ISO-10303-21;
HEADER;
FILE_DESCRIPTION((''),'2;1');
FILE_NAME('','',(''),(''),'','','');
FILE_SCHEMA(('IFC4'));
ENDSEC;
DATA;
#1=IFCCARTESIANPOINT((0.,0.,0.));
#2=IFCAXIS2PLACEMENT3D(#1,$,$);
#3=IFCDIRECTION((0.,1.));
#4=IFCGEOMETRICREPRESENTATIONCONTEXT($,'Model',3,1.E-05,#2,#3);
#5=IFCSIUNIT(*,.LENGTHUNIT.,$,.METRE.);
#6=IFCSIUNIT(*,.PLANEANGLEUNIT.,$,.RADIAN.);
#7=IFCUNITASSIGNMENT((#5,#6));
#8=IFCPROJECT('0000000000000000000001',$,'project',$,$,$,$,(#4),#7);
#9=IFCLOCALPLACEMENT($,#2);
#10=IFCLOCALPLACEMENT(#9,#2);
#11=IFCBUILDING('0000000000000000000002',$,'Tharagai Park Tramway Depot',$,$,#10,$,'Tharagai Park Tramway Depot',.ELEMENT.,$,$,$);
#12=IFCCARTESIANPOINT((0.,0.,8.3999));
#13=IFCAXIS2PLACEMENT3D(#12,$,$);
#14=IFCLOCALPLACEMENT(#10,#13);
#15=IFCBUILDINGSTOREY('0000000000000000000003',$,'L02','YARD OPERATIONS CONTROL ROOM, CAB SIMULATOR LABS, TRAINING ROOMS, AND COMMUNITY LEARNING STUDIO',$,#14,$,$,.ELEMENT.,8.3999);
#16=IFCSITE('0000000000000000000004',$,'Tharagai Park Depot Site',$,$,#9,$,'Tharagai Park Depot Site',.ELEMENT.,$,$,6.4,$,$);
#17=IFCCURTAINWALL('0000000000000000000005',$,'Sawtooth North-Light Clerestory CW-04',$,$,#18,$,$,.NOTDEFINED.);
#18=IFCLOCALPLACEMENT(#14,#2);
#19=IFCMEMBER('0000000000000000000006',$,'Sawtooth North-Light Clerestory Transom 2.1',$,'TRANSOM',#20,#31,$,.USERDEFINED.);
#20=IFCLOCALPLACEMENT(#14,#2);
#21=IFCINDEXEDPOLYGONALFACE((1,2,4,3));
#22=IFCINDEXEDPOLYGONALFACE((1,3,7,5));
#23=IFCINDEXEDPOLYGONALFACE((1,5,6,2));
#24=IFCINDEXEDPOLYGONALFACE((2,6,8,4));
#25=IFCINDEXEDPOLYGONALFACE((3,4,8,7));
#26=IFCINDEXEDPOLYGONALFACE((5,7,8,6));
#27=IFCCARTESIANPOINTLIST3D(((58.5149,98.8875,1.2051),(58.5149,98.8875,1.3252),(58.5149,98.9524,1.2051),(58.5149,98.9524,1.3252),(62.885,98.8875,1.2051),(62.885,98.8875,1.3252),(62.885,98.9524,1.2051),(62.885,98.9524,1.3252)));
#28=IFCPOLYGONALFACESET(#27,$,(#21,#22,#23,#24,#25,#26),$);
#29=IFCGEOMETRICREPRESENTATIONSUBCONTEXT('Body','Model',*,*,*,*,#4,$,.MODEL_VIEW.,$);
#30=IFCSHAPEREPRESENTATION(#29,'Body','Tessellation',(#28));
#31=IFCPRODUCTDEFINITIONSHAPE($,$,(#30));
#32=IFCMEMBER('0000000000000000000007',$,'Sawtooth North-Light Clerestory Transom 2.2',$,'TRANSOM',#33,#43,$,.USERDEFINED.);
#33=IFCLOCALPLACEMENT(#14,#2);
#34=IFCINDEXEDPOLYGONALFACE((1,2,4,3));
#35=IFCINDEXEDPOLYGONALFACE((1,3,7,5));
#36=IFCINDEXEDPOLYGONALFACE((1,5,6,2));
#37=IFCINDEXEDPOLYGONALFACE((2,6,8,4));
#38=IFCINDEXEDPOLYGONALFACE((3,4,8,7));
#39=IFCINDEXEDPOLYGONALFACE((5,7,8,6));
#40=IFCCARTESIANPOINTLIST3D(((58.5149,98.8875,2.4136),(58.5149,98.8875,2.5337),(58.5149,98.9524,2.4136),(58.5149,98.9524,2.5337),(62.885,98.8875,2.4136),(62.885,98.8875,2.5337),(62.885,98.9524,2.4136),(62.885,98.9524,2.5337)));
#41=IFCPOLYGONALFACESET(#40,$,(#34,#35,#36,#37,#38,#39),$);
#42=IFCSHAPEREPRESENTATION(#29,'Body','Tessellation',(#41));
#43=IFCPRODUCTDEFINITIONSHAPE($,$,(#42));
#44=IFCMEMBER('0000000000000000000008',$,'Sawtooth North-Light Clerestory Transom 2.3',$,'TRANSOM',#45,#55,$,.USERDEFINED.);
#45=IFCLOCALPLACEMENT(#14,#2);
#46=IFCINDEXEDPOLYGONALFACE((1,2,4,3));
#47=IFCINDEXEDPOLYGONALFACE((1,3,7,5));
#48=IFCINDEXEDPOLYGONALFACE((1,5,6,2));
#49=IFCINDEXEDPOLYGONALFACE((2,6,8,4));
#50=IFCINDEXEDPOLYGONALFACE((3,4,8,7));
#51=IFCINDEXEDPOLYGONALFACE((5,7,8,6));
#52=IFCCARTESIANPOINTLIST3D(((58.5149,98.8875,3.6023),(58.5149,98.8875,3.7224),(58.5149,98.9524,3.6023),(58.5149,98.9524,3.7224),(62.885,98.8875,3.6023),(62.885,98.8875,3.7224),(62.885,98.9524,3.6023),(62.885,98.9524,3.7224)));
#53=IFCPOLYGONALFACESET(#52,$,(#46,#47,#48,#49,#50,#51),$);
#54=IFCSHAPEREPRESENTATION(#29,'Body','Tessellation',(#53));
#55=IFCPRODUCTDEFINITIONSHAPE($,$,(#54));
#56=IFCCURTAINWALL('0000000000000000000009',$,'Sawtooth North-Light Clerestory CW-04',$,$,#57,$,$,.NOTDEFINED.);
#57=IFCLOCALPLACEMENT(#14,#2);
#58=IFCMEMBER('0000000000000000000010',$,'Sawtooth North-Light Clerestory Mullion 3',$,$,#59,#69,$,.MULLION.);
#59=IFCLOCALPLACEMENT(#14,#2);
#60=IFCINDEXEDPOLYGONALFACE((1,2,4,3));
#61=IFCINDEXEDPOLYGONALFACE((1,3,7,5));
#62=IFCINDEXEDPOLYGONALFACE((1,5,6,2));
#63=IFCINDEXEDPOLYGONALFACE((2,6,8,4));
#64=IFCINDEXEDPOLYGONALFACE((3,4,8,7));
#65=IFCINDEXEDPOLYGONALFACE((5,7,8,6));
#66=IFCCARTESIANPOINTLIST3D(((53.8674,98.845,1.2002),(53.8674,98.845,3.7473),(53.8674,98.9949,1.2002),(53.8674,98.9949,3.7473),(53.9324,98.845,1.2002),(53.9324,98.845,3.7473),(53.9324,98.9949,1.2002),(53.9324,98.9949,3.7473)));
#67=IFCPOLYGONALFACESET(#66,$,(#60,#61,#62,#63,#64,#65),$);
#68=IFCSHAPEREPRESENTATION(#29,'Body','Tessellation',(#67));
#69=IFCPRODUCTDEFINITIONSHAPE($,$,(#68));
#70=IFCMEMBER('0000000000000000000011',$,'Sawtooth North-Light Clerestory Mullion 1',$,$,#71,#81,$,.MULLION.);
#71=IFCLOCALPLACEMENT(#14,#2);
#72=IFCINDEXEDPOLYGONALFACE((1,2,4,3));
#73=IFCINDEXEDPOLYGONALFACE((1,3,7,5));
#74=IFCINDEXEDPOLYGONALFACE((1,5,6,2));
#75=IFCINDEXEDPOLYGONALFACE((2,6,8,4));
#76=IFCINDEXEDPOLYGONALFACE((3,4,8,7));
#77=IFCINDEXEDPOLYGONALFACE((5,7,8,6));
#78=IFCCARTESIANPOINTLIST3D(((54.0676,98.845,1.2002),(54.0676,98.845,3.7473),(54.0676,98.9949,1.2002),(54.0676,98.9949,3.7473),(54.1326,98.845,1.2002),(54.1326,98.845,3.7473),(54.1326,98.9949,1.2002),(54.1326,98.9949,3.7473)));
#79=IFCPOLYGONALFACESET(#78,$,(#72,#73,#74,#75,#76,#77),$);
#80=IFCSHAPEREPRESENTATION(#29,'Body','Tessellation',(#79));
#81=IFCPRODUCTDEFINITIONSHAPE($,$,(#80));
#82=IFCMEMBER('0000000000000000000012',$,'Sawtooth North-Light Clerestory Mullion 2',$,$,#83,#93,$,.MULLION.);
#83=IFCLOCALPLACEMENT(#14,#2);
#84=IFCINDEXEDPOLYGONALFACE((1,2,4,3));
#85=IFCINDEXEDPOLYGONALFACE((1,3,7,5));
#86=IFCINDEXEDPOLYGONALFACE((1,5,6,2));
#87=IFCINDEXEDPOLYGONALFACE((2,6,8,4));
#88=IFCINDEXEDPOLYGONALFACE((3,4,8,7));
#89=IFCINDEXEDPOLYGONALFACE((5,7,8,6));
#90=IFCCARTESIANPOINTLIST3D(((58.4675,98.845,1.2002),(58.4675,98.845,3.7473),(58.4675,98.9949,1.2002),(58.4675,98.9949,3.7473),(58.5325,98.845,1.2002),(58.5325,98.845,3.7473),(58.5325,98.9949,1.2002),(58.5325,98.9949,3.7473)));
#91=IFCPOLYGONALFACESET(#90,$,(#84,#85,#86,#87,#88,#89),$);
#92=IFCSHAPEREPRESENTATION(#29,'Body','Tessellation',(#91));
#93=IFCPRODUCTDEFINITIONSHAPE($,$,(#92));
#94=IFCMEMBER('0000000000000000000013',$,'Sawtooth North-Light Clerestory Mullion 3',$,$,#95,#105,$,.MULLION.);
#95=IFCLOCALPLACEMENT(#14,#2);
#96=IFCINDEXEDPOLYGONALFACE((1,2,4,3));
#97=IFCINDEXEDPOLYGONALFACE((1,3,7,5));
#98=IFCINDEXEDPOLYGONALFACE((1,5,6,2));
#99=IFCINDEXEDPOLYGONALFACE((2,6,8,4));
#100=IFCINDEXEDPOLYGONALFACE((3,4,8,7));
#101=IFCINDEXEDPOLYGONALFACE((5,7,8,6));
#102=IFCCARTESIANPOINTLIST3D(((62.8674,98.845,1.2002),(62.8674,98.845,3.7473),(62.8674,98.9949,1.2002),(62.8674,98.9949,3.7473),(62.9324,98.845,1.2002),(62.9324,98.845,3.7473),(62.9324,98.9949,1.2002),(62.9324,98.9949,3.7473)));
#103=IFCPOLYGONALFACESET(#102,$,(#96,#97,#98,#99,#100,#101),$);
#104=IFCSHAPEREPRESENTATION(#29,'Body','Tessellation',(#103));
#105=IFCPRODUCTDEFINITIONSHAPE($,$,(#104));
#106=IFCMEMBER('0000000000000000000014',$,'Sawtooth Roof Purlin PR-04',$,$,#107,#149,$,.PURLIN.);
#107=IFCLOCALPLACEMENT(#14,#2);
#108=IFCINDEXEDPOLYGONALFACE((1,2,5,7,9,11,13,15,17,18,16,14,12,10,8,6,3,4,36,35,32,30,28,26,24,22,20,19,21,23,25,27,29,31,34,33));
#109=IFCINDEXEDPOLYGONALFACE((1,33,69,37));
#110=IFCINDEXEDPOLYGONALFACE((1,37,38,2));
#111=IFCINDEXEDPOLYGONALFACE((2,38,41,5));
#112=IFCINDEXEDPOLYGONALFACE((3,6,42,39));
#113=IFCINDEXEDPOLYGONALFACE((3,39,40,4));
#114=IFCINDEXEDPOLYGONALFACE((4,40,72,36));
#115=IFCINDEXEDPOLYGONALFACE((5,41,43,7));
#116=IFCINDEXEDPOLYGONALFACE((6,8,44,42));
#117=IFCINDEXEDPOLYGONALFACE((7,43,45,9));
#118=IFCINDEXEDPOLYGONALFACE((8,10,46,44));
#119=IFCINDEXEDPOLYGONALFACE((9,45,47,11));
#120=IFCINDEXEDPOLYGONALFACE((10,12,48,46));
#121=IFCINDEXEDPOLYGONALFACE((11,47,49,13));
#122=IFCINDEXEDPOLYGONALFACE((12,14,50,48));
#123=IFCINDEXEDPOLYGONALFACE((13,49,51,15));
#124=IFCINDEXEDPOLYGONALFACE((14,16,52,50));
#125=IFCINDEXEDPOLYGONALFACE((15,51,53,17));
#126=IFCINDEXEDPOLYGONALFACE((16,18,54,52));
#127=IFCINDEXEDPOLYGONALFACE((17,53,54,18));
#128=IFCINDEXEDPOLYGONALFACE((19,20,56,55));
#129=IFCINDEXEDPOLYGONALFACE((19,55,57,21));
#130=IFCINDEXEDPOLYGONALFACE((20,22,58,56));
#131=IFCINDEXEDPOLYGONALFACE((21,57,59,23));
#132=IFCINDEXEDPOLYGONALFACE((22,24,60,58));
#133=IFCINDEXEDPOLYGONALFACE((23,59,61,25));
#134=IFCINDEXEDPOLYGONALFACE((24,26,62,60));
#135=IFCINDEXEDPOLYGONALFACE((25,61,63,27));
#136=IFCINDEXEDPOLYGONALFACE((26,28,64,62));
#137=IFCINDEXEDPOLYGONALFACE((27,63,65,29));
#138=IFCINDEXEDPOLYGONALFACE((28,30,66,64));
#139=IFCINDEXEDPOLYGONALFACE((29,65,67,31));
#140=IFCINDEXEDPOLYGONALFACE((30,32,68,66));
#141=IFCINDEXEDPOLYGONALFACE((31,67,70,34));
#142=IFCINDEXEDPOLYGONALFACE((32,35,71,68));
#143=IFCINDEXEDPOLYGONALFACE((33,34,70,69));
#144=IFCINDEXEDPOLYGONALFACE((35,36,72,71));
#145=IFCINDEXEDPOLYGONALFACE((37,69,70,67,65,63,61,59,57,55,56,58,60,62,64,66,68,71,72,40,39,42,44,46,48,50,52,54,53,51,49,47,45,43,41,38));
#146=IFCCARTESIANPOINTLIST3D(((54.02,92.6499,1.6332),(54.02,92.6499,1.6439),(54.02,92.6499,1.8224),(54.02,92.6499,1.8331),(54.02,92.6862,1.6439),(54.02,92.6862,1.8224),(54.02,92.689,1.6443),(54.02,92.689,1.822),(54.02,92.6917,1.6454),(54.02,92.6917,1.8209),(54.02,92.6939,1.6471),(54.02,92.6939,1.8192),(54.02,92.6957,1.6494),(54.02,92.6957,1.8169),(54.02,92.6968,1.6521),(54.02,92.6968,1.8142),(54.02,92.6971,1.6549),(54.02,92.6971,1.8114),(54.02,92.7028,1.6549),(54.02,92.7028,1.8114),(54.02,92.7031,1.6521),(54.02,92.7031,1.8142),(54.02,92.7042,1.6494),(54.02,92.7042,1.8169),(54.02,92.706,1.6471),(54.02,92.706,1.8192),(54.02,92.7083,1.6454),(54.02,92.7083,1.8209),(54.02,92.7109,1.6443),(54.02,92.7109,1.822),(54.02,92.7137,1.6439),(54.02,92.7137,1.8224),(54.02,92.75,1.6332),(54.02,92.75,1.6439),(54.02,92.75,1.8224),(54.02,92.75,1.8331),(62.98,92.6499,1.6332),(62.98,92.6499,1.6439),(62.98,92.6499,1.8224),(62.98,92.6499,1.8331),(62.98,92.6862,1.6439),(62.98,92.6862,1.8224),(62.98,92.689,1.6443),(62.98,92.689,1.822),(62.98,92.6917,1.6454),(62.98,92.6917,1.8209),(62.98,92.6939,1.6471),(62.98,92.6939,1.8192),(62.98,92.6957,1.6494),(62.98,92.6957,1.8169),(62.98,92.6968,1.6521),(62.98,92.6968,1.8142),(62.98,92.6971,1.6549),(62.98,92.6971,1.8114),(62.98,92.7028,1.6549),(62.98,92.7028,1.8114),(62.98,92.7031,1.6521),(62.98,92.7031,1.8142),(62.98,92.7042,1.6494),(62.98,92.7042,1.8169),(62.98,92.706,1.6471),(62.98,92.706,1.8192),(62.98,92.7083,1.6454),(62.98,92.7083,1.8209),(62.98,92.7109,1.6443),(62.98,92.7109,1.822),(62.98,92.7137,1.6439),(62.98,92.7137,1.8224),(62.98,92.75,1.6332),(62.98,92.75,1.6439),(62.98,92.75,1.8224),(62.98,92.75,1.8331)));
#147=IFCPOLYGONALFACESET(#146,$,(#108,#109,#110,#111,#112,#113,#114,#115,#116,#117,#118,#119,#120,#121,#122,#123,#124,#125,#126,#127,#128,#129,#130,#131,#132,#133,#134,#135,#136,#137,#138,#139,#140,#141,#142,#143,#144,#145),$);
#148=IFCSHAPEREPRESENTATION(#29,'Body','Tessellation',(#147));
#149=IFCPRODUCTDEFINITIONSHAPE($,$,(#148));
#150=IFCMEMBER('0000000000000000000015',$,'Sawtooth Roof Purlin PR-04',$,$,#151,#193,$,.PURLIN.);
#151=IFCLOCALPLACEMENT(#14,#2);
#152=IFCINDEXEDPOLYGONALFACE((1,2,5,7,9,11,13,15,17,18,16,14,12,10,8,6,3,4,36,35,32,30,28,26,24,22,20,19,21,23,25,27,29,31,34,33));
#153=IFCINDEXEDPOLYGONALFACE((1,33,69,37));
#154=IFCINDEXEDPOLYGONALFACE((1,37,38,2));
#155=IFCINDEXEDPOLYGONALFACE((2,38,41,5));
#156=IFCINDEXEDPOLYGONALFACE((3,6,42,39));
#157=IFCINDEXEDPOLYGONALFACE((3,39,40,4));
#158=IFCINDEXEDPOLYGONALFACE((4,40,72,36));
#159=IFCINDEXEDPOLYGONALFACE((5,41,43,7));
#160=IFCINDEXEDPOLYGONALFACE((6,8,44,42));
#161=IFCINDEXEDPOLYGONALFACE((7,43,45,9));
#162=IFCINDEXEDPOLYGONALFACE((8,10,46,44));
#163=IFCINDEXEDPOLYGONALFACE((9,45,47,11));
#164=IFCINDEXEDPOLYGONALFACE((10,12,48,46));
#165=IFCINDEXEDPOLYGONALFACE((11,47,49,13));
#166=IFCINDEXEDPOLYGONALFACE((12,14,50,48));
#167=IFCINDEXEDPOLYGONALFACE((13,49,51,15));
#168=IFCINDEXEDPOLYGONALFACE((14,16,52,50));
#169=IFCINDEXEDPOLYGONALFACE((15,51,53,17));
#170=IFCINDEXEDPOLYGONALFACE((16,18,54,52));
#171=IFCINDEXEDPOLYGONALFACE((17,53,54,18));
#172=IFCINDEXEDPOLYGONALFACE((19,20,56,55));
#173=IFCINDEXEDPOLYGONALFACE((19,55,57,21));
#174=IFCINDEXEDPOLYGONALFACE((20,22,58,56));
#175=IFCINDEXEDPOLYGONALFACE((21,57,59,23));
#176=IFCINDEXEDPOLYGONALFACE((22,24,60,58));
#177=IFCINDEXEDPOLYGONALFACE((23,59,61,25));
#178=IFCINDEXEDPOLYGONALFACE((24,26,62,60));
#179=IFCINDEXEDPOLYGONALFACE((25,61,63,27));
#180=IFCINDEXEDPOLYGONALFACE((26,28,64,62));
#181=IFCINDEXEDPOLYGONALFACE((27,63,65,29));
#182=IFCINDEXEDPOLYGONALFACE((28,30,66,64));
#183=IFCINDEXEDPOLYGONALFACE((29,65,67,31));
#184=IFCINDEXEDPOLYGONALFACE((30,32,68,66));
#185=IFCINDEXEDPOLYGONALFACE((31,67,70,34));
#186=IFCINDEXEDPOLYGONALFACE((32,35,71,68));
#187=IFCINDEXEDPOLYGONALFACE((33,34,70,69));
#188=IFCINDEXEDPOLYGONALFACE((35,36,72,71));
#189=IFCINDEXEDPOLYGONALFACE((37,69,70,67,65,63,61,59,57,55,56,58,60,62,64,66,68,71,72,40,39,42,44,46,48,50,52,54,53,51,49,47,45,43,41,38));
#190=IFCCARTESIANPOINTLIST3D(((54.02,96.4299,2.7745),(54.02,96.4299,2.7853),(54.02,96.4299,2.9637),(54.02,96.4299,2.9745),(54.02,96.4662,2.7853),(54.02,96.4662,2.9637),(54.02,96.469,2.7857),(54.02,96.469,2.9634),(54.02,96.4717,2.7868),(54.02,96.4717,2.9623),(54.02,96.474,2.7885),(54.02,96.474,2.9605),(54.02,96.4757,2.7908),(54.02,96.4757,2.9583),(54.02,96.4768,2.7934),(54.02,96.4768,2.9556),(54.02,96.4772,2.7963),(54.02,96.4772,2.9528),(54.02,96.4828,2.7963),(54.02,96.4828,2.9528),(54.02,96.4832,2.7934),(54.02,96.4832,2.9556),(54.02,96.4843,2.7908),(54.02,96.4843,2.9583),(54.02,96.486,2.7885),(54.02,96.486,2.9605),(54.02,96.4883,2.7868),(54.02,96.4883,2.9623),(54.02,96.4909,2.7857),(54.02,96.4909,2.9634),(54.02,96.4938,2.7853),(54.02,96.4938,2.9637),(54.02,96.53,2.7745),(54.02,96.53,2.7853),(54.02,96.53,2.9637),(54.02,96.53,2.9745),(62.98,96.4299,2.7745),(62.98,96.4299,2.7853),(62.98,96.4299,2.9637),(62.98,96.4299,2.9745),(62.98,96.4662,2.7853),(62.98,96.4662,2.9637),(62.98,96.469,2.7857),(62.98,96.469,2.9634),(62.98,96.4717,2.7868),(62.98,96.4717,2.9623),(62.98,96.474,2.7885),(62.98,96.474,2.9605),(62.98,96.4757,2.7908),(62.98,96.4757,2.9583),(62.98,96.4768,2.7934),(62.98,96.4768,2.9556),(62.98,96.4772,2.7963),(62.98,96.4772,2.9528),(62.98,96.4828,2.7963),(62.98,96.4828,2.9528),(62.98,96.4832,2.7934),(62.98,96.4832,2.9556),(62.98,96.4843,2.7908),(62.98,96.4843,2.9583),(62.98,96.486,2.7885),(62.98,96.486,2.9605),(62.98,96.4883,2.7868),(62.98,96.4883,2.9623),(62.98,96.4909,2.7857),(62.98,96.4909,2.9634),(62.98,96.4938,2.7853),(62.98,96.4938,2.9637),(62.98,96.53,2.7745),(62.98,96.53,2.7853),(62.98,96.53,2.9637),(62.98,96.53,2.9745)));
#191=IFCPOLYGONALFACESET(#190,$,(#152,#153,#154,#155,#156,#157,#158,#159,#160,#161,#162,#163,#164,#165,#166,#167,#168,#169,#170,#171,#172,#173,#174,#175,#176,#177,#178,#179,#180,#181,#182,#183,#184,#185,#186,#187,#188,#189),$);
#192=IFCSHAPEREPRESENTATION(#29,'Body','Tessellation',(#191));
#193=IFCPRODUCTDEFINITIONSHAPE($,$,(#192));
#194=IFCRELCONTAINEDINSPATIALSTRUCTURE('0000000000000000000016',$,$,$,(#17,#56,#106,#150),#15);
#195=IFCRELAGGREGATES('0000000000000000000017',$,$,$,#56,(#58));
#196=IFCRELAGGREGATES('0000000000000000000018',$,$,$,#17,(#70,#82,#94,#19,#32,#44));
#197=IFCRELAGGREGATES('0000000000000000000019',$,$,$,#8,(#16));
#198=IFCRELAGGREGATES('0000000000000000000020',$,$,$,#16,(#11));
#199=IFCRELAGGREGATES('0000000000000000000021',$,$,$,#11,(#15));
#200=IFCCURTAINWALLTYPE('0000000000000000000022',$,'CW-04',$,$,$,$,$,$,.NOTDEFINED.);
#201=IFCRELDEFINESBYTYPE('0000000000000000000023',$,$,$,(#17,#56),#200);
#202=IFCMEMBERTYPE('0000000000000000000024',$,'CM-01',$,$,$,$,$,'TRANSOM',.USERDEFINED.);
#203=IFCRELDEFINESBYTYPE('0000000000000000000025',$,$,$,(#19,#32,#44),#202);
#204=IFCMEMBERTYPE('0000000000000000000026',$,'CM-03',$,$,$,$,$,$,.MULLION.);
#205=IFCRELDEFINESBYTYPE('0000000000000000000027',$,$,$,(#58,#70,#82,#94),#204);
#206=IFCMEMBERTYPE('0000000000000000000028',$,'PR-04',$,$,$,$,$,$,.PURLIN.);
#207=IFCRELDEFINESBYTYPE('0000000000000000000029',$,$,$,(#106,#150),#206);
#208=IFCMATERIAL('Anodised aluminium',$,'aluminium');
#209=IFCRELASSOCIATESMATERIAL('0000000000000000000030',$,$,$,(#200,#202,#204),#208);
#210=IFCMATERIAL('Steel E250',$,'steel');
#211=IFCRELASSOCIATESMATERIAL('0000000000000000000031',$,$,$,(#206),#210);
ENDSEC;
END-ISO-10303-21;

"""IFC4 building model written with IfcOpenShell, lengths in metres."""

from ifc_helpers import new_model, si_unit, direction, frame, origin, origin_2d, place, context, subcontext, project, spatial, rectangle, i_section, extrude, material, material_profile, profile_set, type_object, element, aggregate, save


model = new_model("IFC4")

# Units and contexts
model_context = context("Model", 3, precision=1e-05, world=origin(), true_north=direction((0.0, 1.0)))
body_context = subcontext(model_context, "Body", "Model", "MODEL_VIEW")
ifc_project = project(units=[si_unit("LENGTHUNIT", "METRE"), si_unit("PLANEANGLEUNIT", "RADIAN")], contexts=[model_context])

# Site, building, storey
site_placement = place(None, origin())
site = spatial("IfcSite", under=ifc_project, at=site_placement, Name="Tharagai Park Depot Site", LongName="Tharagai Park Depot Site", CompositionType="ELEMENT", RefElevation=6.4)
building_placement = place(site_placement, origin())
building = spatial("IfcBuilding", under=site, at=building_placement, Name="Tharagai Park Tramway Depot", LongName="Tharagai Park Tramway Depot", CompositionType="ELEMENT")
storey_placement = place(building_placement, frame((0.0, 0.0, 8.3999)))
storey = spatial("IfcBuildingStorey", under=building, at=storey_placement, Name="L02", Description="YARD OPERATIONS CONTROL ROOM, CAB SIMULATOR LABS, TRAINING ROOMS, AND COMMUNITY LEARNING STUDIO", CompositionType="ELEMENT", Elevation=8.3999)

# Curtain wall, members
ifc_material_1 = material(Name="Anodised aluminium", Category="aluminium")
curtain_wall_type = type_object("IfcCurtainWallType", Name="CW-04", PredefinedType="NOTDEFINED", material=ifc_material_1)
curtain_wall_1_placement = place(storey_placement, origin())
curtain_wall_1 = element("IfcCurtainWall", 1, at=curtain_wall_1_placement, inside=storey, type_object=curtain_wall_type, Name="Sawtooth North-Light Clerestory CW-04", PredefinedType="NOTDEFINED")
ifc_material_profile_1 = material_profile(ifc_material_1, rectangle(XDim=0.0649, YDim=0.1201, at=origin_2d()), Name="ALU 65x120")
ifc_profile_set_1 = profile_set([ifc_material_profile_1], Name="Anodised aluminium")
member_type_1 = type_object("IfcMemberType", Name="CM-01", ElementType="TRANSOM", PredefinedType="USERDEFINED", material=ifc_profile_set_1)
member_1_placement = place(storey_placement, frame((58.5149, 98.9199, 1.2651), z_axis=(1.0, 0.0, 0.0), x_axis=(0.0, 1.0, 0.0)))
member_1 = element("IfcMember", 2, at=member_1_placement, type_object=member_type_1, Name="Sawtooth North-Light Clerestory Transom 2.1", ObjectType="TRANSOM", PredefinedType="USERDEFINED", context=body_context, shape_type="SweptSolid", body=[
    extrude(rectangle(XDim=0.0649, YDim=0.1201, at=origin_2d()), origin(), (0.0, 0.0, 1.0), 4.3701),
])
member_2_placement = place(storey_placement, frame((58.5149, 98.9199, 2.4736), z_axis=(1.0, 0.0, 0.0), x_axis=(0.0, 1.0, 0.0)))
member_2 = element("IfcMember", 3, at=member_2_placement, type_object=member_type_1, Name="Sawtooth North-Light Clerestory Transom 2.2", ObjectType="TRANSOM", PredefinedType="USERDEFINED", context=body_context, shape_type="SweptSolid", body=[
    extrude(rectangle(XDim=0.0649, YDim=0.1201, at=origin_2d()), origin(), (0.0, 0.0, 1.0), 4.3701),
])
member_3_placement = place(storey_placement, frame((58.5149, 98.9199, 3.6624), z_axis=(1.0, 0.0, 0.0), x_axis=(0.0, 1.0, 0.0)))
member_3 = element("IfcMember", 4, at=member_3_placement, type_object=member_type_1, Name="Sawtooth North-Light Clerestory Transom 2.3", ObjectType="TRANSOM", PredefinedType="USERDEFINED", context=body_context, shape_type="SweptSolid", body=[
    extrude(rectangle(XDim=0.0649, YDim=0.1201, at=origin_2d()), origin(), (0.0, 0.0, 1.0), 4.3701),
])

# Curtain wall, member
curtain_wall_2_placement = place(storey_placement, origin())
curtain_wall_2 = element("IfcCurtainWall", 5, at=curtain_wall_2_placement, inside=storey, type_object=curtain_wall_type, Name="Sawtooth North-Light Clerestory CW-04", PredefinedType="NOTDEFINED")
ifc_material_profile_2 = material_profile(ifc_material_1, rectangle(XDim=0.0649, YDim=0.1499, at=origin_2d()), Name="ALU 65x150")
ifc_profile_set_2 = profile_set([ifc_material_profile_2], Name="Anodised aluminium")
member_type_2 = type_object("IfcMemberType", Name="CM-03", PredefinedType="MULLION", material=ifc_profile_set_2)
member_4_placement = place(storey_placement, frame((53.8999, 98.9199, 1.2002), z_axis=(0.0, 0.0, 1.0), x_axis=(1.0, 0.0, 0.0)))
member_4 = element("IfcMember", 6, at=member_4_placement, type_object=member_type_2, Name="Sawtooth North-Light Clerestory Mullion 3", PredefinedType="MULLION", context=body_context, shape_type="SweptSolid", body=[
    extrude(rectangle(XDim=0.0649, YDim=0.1499, at=origin_2d()), origin(), (0.0, 0.0, 1.0), 2.5471),
])
aggregate(curtain_wall_2, [member_4])

# Members
member_5_placement = place(storey_placement, frame((54.1001, 98.9199, 1.2002), z_axis=(0.0, 0.0, 1.0), x_axis=(1.0, 0.0, 0.0)))
member_5 = element("IfcMember", 7, at=member_5_placement, type_object=member_type_2, Name="Sawtooth North-Light Clerestory Mullion 1", PredefinedType="MULLION", context=body_context, shape_type="SweptSolid", body=[
    extrude(rectangle(XDim=0.0649, YDim=0.1499, at=origin_2d()), origin(), (0.0, 0.0, 1.0), 2.5471),
])
member_6_placement = place(storey_placement, frame((58.5, 98.9199, 1.2002), z_axis=(0.0, 0.0, 1.0), x_axis=(1.0, 0.0, 0.0)))
member_6 = element("IfcMember", 8, at=member_6_placement, type_object=member_type_2, Name="Sawtooth North-Light Clerestory Mullion 2", PredefinedType="MULLION", context=body_context, shape_type="SweptSolid", body=[
    extrude(rectangle(XDim=0.0649, YDim=0.1499, at=origin_2d()), origin(), (0.0, 0.0, 1.0), 2.5471),
])
member_7_placement = place(storey_placement, frame((62.8999, 98.9199, 1.2002), z_axis=(0.0, 0.0, 1.0), x_axis=(1.0, 0.0, 0.0)))
member_7 = element("IfcMember", 9, at=member_7_placement, type_object=member_type_2, Name="Sawtooth North-Light Clerestory Mullion 3", PredefinedType="MULLION", context=body_context, shape_type="SweptSolid", body=[
    extrude(rectangle(XDim=0.0649, YDim=0.1499, at=origin_2d()), origin(), (0.0, 0.0, 1.0), 2.5471),
])

# Members
ifc_material_2 = material(Name="Steel E250", Category="steel")
ifc_material_profile_3 = material_profile(ifc_material_2, i_section(OverallWidth=0.1001, OverallDepth=0.2, WebThickness=0.0056, FlangeThickness=0.0107, FilletRadius=0.011, at=origin_2d()), Name="ISMB 200")
ifc_profile_set_3 = profile_set([ifc_material_profile_3], Name="Steel E250")
member_type_3 = type_object("IfcMemberType", Name="PR-04", PredefinedType="PURLIN", material=ifc_profile_set_3)
for number, where, z_axis, x_axis, name in (
    (10, (54.02, 92.7, 1.7332), (1.0, 0.0, 0.0), (0.0, 1.0, 0.0), "Sawtooth Roof Purlin PR-04"),
    (11, (54.02, 96.48, 2.8745), (1.0, 0.0, 0.0), (0.0, 1.0, 0.0), "Sawtooth Roof Purlin PR-04"),
):
    element("IfcMember", number, at=place(storey_placement, frame(where, z_axis=z_axis, x_axis=x_axis)), inside=storey, type_object=member_type_3, Name=name, PredefinedType="PURLIN", context=body_context, shape_type="SweptSolid", body=[
        extrude(i_section(OverallWidth=0.1001, OverallDepth=0.2, WebThickness=0.0056, FlangeThickness=0.0107, FilletRadius=0.011, at=origin_2d()), origin(), (0.0, 0.0, 1.0), 8.96),
    ])

aggregate(curtain_wall_1, [member_5, member_6, member_7, member_1, member_2, member_3])

save(model, "model.ifc")
